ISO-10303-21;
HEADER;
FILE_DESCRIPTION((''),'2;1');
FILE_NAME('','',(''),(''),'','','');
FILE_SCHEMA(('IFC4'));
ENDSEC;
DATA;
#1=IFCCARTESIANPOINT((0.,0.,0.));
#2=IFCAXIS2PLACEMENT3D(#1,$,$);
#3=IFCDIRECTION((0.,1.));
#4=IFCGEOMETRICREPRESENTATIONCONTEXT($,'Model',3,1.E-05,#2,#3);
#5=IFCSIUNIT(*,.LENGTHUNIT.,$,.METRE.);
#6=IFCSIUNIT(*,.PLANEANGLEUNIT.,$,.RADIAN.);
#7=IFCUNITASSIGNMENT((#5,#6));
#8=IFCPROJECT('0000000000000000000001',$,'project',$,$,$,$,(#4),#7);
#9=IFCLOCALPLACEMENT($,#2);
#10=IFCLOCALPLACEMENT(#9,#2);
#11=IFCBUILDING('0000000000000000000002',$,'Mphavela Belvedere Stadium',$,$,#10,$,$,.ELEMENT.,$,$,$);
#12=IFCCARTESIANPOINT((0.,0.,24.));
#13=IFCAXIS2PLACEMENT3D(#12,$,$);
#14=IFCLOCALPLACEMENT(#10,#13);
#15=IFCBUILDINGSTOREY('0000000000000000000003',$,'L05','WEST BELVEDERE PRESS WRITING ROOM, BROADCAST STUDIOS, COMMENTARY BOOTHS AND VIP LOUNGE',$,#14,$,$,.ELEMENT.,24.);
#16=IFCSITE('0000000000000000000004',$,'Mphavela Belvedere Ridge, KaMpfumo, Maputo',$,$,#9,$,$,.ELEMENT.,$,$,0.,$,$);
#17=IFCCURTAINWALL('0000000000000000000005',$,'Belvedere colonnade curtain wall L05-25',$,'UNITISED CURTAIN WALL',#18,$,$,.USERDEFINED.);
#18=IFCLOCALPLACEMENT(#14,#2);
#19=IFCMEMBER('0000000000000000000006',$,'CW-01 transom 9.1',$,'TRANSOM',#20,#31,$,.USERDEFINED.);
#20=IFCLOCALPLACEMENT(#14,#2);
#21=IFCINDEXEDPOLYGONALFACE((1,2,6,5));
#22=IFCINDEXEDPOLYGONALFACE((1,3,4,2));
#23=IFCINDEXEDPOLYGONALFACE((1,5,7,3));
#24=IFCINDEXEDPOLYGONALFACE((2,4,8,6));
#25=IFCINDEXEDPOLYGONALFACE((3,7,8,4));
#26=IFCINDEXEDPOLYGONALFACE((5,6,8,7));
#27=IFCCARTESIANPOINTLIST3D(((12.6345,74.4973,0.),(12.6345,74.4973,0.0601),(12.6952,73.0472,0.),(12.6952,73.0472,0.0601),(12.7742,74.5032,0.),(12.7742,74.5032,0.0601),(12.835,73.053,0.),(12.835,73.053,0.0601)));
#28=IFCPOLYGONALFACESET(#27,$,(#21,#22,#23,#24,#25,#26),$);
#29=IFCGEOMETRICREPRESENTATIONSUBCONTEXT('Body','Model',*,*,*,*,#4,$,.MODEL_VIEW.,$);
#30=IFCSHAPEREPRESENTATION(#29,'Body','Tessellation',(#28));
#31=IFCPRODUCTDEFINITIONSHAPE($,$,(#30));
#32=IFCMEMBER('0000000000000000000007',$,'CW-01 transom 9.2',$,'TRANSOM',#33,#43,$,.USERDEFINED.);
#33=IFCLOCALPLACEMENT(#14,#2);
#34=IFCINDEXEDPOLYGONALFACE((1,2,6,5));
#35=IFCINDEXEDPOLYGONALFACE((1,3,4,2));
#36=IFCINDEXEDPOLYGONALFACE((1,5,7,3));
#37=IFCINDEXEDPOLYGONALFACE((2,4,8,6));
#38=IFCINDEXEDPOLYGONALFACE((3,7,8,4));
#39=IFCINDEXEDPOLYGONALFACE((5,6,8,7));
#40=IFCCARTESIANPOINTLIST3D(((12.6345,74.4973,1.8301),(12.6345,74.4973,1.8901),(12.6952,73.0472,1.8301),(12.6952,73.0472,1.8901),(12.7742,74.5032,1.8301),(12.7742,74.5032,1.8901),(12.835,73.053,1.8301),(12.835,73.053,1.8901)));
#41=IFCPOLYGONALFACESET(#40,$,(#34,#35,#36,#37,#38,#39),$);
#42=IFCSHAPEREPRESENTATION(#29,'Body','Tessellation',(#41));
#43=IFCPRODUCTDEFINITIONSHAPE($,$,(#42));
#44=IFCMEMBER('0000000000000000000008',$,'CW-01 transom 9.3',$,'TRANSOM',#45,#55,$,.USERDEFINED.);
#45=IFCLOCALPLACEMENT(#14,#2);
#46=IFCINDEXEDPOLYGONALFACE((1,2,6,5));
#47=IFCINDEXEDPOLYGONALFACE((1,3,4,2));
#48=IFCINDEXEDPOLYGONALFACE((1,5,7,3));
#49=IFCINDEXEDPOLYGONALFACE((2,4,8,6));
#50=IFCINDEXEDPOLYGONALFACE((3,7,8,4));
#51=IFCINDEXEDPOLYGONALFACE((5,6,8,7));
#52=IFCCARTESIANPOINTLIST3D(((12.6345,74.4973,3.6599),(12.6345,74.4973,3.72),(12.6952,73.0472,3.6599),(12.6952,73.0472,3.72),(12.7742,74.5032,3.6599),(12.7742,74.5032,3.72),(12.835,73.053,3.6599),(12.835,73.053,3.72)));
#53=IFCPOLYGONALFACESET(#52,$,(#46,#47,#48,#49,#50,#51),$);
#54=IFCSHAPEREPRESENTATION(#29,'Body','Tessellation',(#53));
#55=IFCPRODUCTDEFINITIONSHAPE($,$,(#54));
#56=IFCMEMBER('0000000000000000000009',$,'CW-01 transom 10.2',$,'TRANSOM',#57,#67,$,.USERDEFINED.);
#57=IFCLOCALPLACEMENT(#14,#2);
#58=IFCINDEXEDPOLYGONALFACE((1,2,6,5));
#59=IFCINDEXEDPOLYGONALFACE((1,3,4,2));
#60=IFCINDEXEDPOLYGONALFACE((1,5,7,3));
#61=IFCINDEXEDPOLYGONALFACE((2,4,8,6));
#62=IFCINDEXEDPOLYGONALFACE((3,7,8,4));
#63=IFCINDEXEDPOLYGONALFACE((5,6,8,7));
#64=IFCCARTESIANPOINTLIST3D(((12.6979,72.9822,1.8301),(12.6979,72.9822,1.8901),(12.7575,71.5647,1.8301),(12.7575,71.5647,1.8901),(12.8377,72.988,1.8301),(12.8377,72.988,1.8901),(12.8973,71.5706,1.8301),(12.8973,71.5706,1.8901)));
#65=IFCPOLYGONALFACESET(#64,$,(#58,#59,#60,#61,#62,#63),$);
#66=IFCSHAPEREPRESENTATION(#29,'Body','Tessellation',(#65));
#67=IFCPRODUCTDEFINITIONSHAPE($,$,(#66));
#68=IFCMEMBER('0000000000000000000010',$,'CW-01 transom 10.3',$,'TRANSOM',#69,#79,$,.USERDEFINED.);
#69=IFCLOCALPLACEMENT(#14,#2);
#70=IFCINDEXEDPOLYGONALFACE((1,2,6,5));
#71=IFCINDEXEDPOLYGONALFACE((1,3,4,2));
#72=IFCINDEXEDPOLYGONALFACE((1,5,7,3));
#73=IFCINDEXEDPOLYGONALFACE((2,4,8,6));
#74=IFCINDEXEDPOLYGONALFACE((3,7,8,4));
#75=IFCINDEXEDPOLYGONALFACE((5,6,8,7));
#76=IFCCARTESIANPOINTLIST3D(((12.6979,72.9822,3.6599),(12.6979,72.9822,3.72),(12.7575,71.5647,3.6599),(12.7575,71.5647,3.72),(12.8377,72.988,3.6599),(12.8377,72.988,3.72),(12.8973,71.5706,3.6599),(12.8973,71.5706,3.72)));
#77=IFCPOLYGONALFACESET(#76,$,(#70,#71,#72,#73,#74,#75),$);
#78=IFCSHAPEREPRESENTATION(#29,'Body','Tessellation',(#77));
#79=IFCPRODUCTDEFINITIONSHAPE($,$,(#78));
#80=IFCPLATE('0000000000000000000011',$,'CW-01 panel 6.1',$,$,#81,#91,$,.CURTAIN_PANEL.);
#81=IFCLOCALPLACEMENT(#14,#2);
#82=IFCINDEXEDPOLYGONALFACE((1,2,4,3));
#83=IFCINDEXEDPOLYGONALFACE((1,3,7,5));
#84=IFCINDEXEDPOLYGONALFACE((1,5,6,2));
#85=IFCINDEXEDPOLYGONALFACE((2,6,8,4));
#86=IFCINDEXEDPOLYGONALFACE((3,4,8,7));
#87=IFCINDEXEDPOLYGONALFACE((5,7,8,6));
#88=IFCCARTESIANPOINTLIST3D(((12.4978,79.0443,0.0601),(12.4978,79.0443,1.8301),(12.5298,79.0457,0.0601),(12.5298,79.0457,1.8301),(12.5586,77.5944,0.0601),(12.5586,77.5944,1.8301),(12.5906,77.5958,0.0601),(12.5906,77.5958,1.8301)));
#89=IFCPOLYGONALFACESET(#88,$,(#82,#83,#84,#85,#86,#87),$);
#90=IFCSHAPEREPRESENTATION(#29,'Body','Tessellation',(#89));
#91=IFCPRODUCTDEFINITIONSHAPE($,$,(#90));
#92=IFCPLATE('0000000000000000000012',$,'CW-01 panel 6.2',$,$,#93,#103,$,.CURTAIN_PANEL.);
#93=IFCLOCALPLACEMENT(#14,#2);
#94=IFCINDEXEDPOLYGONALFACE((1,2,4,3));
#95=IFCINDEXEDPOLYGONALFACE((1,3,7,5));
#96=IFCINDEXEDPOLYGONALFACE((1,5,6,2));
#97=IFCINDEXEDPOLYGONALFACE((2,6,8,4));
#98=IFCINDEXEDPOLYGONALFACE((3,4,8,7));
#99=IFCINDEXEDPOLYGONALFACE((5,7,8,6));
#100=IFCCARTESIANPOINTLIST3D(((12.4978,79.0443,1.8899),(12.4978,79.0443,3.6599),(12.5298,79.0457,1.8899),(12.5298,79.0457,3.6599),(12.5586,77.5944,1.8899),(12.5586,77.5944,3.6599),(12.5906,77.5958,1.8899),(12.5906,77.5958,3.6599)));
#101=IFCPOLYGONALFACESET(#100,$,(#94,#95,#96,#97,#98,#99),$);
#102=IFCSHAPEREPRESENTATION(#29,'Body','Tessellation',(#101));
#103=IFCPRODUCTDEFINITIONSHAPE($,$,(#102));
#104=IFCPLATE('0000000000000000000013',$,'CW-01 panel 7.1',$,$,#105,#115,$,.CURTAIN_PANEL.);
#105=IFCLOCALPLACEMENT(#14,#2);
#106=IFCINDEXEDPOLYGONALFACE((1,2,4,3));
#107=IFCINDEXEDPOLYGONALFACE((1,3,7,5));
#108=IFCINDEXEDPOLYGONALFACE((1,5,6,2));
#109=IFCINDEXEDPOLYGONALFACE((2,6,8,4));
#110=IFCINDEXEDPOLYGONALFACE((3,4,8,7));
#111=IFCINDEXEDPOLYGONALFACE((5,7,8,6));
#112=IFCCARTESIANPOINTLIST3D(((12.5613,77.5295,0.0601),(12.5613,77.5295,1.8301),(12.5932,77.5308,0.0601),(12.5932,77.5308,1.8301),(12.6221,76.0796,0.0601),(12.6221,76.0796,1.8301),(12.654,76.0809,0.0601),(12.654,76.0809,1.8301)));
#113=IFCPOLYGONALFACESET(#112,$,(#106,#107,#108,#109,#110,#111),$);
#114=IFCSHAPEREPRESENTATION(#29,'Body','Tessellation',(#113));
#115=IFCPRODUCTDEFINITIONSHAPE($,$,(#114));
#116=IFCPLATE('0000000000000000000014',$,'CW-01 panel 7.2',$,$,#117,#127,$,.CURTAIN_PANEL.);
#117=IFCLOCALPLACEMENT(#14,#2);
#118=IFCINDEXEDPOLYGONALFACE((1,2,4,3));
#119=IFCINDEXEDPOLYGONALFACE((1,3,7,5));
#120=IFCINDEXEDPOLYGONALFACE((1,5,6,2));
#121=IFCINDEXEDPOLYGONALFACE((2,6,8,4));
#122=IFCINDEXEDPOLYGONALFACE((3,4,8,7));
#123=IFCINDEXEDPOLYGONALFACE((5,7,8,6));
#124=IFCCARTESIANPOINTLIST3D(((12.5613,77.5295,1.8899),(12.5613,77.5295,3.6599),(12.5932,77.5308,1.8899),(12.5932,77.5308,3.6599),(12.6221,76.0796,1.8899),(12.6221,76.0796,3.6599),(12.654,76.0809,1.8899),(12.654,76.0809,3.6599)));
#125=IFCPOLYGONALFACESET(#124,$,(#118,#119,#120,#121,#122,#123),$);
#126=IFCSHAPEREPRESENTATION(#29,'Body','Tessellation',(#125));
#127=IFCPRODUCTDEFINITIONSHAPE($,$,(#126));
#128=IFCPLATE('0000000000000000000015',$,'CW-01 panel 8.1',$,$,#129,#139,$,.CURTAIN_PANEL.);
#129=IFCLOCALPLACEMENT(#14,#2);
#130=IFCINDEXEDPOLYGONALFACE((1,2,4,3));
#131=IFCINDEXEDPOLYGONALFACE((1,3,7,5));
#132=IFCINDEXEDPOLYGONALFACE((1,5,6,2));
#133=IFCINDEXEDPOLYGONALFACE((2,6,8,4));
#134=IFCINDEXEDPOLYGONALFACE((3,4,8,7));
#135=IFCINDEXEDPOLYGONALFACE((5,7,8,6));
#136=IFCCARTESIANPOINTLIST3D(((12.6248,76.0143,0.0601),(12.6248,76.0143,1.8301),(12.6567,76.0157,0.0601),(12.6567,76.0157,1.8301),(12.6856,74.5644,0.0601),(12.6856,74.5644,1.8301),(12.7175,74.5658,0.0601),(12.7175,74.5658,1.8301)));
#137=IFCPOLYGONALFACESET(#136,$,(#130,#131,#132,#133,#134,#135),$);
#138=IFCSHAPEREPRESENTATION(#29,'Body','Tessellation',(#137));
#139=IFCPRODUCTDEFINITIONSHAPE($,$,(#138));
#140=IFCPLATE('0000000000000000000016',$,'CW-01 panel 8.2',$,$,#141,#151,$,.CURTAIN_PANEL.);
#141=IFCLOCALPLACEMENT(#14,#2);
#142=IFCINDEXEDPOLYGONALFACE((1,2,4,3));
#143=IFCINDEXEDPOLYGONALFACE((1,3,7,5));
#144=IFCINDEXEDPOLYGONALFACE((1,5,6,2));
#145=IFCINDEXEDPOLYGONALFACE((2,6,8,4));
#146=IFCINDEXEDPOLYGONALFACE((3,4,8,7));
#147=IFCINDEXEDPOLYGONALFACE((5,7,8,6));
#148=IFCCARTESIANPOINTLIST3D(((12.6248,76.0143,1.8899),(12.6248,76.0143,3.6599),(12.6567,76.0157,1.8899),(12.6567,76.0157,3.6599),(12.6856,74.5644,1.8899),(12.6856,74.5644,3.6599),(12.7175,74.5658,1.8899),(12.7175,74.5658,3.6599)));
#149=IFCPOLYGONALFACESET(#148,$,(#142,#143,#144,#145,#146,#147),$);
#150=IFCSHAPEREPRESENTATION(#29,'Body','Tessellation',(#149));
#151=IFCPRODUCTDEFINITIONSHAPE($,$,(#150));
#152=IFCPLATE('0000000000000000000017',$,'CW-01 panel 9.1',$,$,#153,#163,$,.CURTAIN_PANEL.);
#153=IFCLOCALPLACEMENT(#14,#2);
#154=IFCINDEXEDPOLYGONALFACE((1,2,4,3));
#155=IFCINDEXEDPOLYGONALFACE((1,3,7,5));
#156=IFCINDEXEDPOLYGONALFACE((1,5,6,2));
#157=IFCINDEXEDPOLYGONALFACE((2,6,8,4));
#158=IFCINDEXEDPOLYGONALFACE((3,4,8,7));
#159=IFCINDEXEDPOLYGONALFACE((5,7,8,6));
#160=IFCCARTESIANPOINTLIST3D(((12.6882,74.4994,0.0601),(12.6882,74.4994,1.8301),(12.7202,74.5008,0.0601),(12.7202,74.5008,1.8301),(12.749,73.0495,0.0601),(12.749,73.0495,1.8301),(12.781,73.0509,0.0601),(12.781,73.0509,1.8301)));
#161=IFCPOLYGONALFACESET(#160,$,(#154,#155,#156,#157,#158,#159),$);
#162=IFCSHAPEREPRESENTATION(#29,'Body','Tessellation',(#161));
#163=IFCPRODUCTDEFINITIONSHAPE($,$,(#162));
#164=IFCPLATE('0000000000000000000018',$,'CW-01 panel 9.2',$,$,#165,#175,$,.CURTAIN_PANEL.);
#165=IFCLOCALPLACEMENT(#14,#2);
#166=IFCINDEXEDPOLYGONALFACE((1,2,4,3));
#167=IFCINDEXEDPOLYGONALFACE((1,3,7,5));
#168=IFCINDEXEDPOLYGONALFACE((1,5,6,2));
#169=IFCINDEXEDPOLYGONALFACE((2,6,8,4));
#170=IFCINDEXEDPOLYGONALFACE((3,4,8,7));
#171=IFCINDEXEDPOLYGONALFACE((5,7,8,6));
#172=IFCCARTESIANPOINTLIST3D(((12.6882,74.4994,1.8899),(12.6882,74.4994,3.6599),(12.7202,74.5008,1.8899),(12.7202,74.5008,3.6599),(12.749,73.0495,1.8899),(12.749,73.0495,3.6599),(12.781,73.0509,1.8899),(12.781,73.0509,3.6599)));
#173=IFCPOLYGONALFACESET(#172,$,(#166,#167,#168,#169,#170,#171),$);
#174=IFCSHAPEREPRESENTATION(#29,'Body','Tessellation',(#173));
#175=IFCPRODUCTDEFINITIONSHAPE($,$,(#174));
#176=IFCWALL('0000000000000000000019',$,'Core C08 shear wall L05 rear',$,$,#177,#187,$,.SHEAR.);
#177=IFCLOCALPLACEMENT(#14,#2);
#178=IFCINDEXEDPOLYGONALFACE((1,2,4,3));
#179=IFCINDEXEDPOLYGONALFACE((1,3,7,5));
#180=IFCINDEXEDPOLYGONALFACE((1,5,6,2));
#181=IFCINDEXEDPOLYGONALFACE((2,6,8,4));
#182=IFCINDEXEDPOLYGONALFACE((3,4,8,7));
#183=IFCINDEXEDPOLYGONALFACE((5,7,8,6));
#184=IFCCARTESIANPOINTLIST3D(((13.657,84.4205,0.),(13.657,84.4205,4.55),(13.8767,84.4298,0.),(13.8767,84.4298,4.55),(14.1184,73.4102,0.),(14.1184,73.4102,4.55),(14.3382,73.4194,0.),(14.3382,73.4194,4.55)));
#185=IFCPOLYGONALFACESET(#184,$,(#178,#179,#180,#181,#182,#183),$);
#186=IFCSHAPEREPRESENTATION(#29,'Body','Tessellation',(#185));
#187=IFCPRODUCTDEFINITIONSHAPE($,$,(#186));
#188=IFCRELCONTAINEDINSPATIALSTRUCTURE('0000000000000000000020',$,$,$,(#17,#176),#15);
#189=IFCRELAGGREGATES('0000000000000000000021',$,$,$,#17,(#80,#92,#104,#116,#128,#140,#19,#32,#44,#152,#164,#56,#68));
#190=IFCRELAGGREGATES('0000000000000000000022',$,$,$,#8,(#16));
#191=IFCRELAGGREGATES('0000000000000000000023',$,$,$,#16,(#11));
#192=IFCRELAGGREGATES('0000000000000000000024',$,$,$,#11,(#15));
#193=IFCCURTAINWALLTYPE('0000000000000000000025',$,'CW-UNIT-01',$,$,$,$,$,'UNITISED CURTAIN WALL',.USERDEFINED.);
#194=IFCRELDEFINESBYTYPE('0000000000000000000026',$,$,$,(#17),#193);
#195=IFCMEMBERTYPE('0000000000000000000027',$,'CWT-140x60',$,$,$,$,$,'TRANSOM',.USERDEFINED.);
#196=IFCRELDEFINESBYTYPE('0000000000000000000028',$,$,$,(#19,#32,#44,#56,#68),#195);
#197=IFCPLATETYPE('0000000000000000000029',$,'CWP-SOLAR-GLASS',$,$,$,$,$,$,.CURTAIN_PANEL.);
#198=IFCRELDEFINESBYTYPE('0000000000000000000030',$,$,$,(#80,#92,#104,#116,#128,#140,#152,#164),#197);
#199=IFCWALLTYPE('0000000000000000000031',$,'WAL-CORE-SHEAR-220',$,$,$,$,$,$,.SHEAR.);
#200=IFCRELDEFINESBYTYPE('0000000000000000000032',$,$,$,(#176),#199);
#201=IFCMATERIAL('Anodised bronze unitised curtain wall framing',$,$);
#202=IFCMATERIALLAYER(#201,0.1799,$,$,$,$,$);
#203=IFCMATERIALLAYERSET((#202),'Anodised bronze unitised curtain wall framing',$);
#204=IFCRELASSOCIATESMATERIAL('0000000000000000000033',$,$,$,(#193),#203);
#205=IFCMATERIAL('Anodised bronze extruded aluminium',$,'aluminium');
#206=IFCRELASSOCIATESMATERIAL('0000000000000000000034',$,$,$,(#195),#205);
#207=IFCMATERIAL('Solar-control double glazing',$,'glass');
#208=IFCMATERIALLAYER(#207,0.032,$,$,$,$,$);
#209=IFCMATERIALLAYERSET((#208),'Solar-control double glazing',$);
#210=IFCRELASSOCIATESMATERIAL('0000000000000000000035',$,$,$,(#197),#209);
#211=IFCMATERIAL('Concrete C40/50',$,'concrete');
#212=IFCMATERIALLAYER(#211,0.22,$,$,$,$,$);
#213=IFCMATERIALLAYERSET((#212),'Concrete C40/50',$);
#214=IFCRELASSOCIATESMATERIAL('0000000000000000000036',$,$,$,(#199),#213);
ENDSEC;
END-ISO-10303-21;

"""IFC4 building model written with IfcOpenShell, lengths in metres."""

from ifc_helpers import new_model, si_unit, direction, frame, frame_2d, origin, origin_2d, place, context, subcontext, project, spatial, rectangle, extrude, material, layer, layer_set, material_profile, profile_set, type_object, element, aggregate, save


model = new_model("IFC4")

# Units and contexts
model_context = context("Model", 3, precision=1e-05, world=origin(), true_north=direction((0.0, 1.0)))
body_context = subcontext(model_context, "Body", "Model", "MODEL_VIEW")
ifc_project = project(units=[si_unit("LENGTHUNIT", "METRE"), si_unit("PLANEANGLEUNIT", "RADIAN")], contexts=[model_context])

# Site, building, storey
site_placement = place(None, origin())
site = spatial("IfcSite", under=ifc_project, at=site_placement, Name="Mphavela Belvedere Ridge, KaMpfumo, Maputo", CompositionType="ELEMENT", RefElevation=0.0)
building_placement = place(site_placement, origin())
building = spatial("IfcBuilding", under=site, at=building_placement, Name="Mphavela Belvedere Stadium", CompositionType="ELEMENT")
storey_placement = place(building_placement, frame((0.0, 0.0, 24.0)))
storey = spatial("IfcBuildingStorey", under=building, at=storey_placement, Name="L05", Description="WEST BELVEDERE PRESS WRITING ROOM, BROADCAST STUDIOS, COMMENTARY BOOTHS AND VIP LOUNGE", CompositionType="ELEMENT", Elevation=24.0)

# Curtain wall, members, plates
ifc_material_1 = material(Name="Anodised bronze unitised curtain wall framing")
ifc_layer_1 = layer(ifc_material_1, 0.1799)
ifc_layer_set_1 = layer_set([ifc_layer_1], Name="Anodised bronze unitised curtain wall framing")
curtain_wall_type = type_object("IfcCurtainWallType", Name="CW-UNIT-01", ElementType="UNITISED CURTAIN WALL", PredefinedType="USERDEFINED", material=ifc_layer_set_1)
curtain_wall_placement = place(storey_placement, origin())
curtain_wall = element("IfcCurtainWall", 1, at=curtain_wall_placement, inside=storey, type_object=curtain_wall_type, Name="Belvedere colonnade curtain wall L05-25", ObjectType="UNITISED CURTAIN WALL", PredefinedType="USERDEFINED")
ifc_material_2 = material(Name="Anodised bronze extruded aluminium", Category="aluminium")
ifc_material_profile_1 = material_profile(ifc_material_2, rectangle(XDim=0.1399, YDim=0.0601, at=origin_2d()), Name="CW-TRN 140x60")
ifc_profile_set_1 = profile_set([ifc_material_profile_1], Name="Anodised bronze extruded aluminium")
member_type_1 = type_object("IfcMemberType", Name="CWT-140x60", ElementType="TRANSOM", PredefinedType="USERDEFINED", material=ifc_profile_set_1)
member_1_placement = place(storey_placement, frame((12.7043, 74.5002, 0.03), z_axis=(0.041882, -0.999123, 0.0), x_axis=(0.999123, 0.041882, 0.0)))
member_1 = element("IfcMember", 2, at=member_1_placement, type_object=member_type_1, Name="CW-01 transom 9.1", ObjectType="TRANSOM", PredefinedType="USERDEFINED", context=body_context, shape_type="SweptSolid", body=[
    extrude(rectangle(XDim=0.1399, YDim=0.0601, at=origin_2d()), origin(), (0.0, 0.0, 1.0), 1.4514),
])
member_2_placement = place(storey_placement, frame((12.7043, 74.5002, 1.8601), z_axis=(0.041882, -0.999123, 0.0), x_axis=(0.999123, 0.041882, 0.0)))
member_2 = element("IfcMember", 3, at=member_2_placement, type_object=member_type_1, Name="CW-01 transom 9.2", ObjectType="TRANSOM", PredefinedType="USERDEFINED", context=body_context, shape_type="SweptSolid", body=[
    extrude(rectangle(XDim=0.1399, YDim=0.0601, at=origin_2d()), origin(), (0.0, 0.0, 1.0), 1.4514),
])
member_3_placement = place(storey_placement, frame((12.7043, 74.5002, 3.6899), z_axis=(0.041882, -0.999123, 0.0), x_axis=(0.999123, 0.041882, 0.0)))
member_3 = element("IfcMember", 4, at=member_3_placement, type_object=member_type_1, Name="CW-01 transom 9.3", ObjectType="TRANSOM", PredefinedType="USERDEFINED", context=body_context, shape_type="SweptSolid", body=[
    extrude(rectangle(XDim=0.1399, YDim=0.0601, at=origin_2d()), origin(), (0.0, 0.0, 1.0), 1.4514),
])
member_4_placement = place(storey_placement, frame((12.7678, 72.9851, 1.8601), z_axis=(0.041988, -0.999118, 0.0), x_axis=(0.999118, 0.041988, 0.0)))
member_4 = element("IfcMember", 5, at=member_4_placement, type_object=member_type_1, Name="CW-01 transom 10.2", ObjectType="TRANSOM", PredefinedType="USERDEFINED", context=body_context, shape_type="SweptSolid", body=[
    extrude(rectangle(XDim=0.1399, YDim=0.0601, at=origin_2d()), origin(), (0.0, 0.0, 1.0), 1.4187),
])
member_5_placement = place(storey_placement, frame((12.7678, 72.9851, 3.6899), z_axis=(0.041988, -0.999118, 0.0), x_axis=(0.999118, 0.041988, 0.0)))
member_5 = element("IfcMember", 6, at=member_5_placement, type_object=member_type_1, Name="CW-01 transom 10.3", ObjectType="TRANSOM", PredefinedType="USERDEFINED", context=body_context, shape_type="SweptSolid", body=[
    extrude(rectangle(XDim=0.1399, YDim=0.0601, at=origin_2d()), origin(), (0.0, 0.0, 1.0), 1.4187),
])
ifc_material_3 = material(Name="Solar-control double glazing", Category="glass")
ifc_layer_2 = layer(ifc_material_3, 0.032)
ifc_layer_set_2 = layer_set([ifc_layer_2], Name="Solar-control double glazing")
plate_type = type_object("IfcPlateType", Name="CWP-SOLAR-GLASS", PredefinedType="CURTAIN_PANEL", material=ifc_layer_set_2)
plate_1_placement = place(storey_placement, frame((12.5442, 78.3201, 0.0601), z_axis=(0.0, 0.0, 1.0), x_axis=(0.041905, -0.999122, 0.0)))
plate_1 = element("IfcPlate", 7, at=plate_1_placement, type_object=plate_type, Name="CW-01 panel 6.1", PredefinedType="CURTAIN_PANEL", context=body_context, shape_type="SweptSolid", body=[
    extrude(rectangle(XDim=1.4512, YDim=0.032, at=origin_2d()), origin(), (0.0, 0.0, 1.0), 1.77),
])
plate_2_placement = place(storey_placement, frame((12.5442, 78.3201, 1.8899), z_axis=(0.0, 0.0, 1.0), x_axis=(0.041905, -0.999122, 0.0)))
plate_2 = element("IfcPlate", 8, at=plate_2_placement, type_object=plate_type, Name="CW-01 panel 6.2", PredefinedType="CURTAIN_PANEL", context=body_context, shape_type="SweptSolid", body=[
    extrude(rectangle(XDim=1.4512, YDim=0.032, at=origin_2d()), origin(), (0.0, 0.0, 1.0), 1.77),
])
plate_3_placement = place(storey_placement, frame((12.6077, 76.8052, 0.0601), z_axis=(0.0, 0.0, 1.0), x_axis=(0.041905, -0.999122, 0.0)))
plate_3 = element("IfcPlate", 9, at=plate_3_placement, type_object=plate_type, Name="CW-01 panel 7.1", PredefinedType="CURTAIN_PANEL", context=body_context, shape_type="SweptSolid", body=[
    extrude(rectangle(XDim=1.4512, YDim=0.032, at=origin_2d()), origin(), (0.0, 0.0, 1.0), 1.77),
])
plate_4_placement = place(storey_placement, frame((12.6077, 76.8052, 1.8899), z_axis=(0.0, 0.0, 1.0), x_axis=(0.041905, -0.999122, 0.0)))
plate_4 = element("IfcPlate", 10, at=plate_4_placement, type_object=plate_type, Name="CW-01 panel 7.2", PredefinedType="CURTAIN_PANEL", context=body_context, shape_type="SweptSolid", body=[
    extrude(rectangle(XDim=1.4512, YDim=0.032, at=origin_2d()), origin(), (0.0, 0.0, 1.0), 1.77),
])
plate_5_placement = place(storey_placement, frame((12.6711, 75.29, 0.0601), z_axis=(0.0, 0.0, 1.0), x_axis=(0.041905, -0.999122, 0.0)))
plate_5 = element("IfcPlate", 11, at=plate_5_placement, type_object=plate_type, Name="CW-01 panel 8.1", PredefinedType="CURTAIN_PANEL", context=body_context, shape_type="SweptSolid", body=[
    extrude(rectangle(XDim=1.4512, YDim=0.032, at=origin_2d()), origin(), (0.0, 0.0, 1.0), 1.77),
])
plate_6_placement = place(storey_placement, frame((12.6711, 75.29, 1.8899), z_axis=(0.0, 0.0, 1.0), x_axis=(0.041905, -0.999122, 0.0)))
plate_6 = element("IfcPlate", 12, at=plate_6_placement, type_object=plate_type, Name="CW-01 panel 8.2", PredefinedType="CURTAIN_PANEL", context=body_context, shape_type="SweptSolid", body=[
    extrude(rectangle(XDim=1.4512, YDim=0.032, at=origin_2d()), origin(), (0.0, 0.0, 1.0), 1.77),
])
plate_7_placement = place(storey_placement, frame((12.7346, 73.7751, 0.0601), z_axis=(0.0, 0.0, 1.0), x_axis=(0.041905, -0.999122, 0.0)))
plate_7 = element("IfcPlate", 13, at=plate_7_placement, type_object=plate_type, Name="CW-01 panel 9.1", PredefinedType="CURTAIN_PANEL", context=body_context, shape_type="SweptSolid", body=[
    extrude(rectangle(XDim=1.4512, YDim=0.032, at=origin_2d()), origin(), (0.0, 0.0, 1.0), 1.77),
])
plate_8_placement = place(storey_placement, frame((12.7346, 73.7751, 1.8899), z_axis=(0.0, 0.0, 1.0), x_axis=(0.041905, -0.999122, 0.0)))
plate_8 = element("IfcPlate", 14, at=plate_8_placement, type_object=plate_type, Name="CW-01 panel 9.2", PredefinedType="CURTAIN_PANEL", context=body_context, shape_type="SweptSolid", body=[
    extrude(rectangle(XDim=1.4512, YDim=0.032, at=origin_2d()), origin(), (0.0, 0.0, 1.0), 1.77),
])
aggregate(curtain_wall, [plate_1, plate_2, plate_3, plate_4, plate_5, plate_6, member_1, member_2, member_3, plate_7, plate_8, member_4, member_5])

# Wall
ifc_material_4 = material(Name="Concrete C40/50", Category="concrete")
ifc_layer_3 = layer(ifc_material_4, 0.22)
ifc_layer_set_3 = layer_set([ifc_layer_3], Name="Concrete C40/50")
wall_type = type_object("IfcWallType", Name="WAL-CORE-SHEAR-220", PredefinedType="SHEAR", material=ifc_layer_set_3)
wall_1_placement = place(storey_placement, frame((14.2283, 73.4148, 0.0), z_axis=(0.0, 0.0, 1.0), x_axis=(-0.041872, 0.999123, 0.0)))
element("IfcWall", 15, at=wall_1_placement, inside=storey, type_object=wall_type, Name="Core C08 shear wall L05 rear", PredefinedType="SHEAR", context=body_context, shape_type="SweptSolid", body=[
    extrude(rectangle(XDim=11.02, YDim=0.22, at=frame_2d((5.51, 0.0))), origin(), (0.0, 0.0, 1.0), 4.55),
])

save(model, "model.ifc")
